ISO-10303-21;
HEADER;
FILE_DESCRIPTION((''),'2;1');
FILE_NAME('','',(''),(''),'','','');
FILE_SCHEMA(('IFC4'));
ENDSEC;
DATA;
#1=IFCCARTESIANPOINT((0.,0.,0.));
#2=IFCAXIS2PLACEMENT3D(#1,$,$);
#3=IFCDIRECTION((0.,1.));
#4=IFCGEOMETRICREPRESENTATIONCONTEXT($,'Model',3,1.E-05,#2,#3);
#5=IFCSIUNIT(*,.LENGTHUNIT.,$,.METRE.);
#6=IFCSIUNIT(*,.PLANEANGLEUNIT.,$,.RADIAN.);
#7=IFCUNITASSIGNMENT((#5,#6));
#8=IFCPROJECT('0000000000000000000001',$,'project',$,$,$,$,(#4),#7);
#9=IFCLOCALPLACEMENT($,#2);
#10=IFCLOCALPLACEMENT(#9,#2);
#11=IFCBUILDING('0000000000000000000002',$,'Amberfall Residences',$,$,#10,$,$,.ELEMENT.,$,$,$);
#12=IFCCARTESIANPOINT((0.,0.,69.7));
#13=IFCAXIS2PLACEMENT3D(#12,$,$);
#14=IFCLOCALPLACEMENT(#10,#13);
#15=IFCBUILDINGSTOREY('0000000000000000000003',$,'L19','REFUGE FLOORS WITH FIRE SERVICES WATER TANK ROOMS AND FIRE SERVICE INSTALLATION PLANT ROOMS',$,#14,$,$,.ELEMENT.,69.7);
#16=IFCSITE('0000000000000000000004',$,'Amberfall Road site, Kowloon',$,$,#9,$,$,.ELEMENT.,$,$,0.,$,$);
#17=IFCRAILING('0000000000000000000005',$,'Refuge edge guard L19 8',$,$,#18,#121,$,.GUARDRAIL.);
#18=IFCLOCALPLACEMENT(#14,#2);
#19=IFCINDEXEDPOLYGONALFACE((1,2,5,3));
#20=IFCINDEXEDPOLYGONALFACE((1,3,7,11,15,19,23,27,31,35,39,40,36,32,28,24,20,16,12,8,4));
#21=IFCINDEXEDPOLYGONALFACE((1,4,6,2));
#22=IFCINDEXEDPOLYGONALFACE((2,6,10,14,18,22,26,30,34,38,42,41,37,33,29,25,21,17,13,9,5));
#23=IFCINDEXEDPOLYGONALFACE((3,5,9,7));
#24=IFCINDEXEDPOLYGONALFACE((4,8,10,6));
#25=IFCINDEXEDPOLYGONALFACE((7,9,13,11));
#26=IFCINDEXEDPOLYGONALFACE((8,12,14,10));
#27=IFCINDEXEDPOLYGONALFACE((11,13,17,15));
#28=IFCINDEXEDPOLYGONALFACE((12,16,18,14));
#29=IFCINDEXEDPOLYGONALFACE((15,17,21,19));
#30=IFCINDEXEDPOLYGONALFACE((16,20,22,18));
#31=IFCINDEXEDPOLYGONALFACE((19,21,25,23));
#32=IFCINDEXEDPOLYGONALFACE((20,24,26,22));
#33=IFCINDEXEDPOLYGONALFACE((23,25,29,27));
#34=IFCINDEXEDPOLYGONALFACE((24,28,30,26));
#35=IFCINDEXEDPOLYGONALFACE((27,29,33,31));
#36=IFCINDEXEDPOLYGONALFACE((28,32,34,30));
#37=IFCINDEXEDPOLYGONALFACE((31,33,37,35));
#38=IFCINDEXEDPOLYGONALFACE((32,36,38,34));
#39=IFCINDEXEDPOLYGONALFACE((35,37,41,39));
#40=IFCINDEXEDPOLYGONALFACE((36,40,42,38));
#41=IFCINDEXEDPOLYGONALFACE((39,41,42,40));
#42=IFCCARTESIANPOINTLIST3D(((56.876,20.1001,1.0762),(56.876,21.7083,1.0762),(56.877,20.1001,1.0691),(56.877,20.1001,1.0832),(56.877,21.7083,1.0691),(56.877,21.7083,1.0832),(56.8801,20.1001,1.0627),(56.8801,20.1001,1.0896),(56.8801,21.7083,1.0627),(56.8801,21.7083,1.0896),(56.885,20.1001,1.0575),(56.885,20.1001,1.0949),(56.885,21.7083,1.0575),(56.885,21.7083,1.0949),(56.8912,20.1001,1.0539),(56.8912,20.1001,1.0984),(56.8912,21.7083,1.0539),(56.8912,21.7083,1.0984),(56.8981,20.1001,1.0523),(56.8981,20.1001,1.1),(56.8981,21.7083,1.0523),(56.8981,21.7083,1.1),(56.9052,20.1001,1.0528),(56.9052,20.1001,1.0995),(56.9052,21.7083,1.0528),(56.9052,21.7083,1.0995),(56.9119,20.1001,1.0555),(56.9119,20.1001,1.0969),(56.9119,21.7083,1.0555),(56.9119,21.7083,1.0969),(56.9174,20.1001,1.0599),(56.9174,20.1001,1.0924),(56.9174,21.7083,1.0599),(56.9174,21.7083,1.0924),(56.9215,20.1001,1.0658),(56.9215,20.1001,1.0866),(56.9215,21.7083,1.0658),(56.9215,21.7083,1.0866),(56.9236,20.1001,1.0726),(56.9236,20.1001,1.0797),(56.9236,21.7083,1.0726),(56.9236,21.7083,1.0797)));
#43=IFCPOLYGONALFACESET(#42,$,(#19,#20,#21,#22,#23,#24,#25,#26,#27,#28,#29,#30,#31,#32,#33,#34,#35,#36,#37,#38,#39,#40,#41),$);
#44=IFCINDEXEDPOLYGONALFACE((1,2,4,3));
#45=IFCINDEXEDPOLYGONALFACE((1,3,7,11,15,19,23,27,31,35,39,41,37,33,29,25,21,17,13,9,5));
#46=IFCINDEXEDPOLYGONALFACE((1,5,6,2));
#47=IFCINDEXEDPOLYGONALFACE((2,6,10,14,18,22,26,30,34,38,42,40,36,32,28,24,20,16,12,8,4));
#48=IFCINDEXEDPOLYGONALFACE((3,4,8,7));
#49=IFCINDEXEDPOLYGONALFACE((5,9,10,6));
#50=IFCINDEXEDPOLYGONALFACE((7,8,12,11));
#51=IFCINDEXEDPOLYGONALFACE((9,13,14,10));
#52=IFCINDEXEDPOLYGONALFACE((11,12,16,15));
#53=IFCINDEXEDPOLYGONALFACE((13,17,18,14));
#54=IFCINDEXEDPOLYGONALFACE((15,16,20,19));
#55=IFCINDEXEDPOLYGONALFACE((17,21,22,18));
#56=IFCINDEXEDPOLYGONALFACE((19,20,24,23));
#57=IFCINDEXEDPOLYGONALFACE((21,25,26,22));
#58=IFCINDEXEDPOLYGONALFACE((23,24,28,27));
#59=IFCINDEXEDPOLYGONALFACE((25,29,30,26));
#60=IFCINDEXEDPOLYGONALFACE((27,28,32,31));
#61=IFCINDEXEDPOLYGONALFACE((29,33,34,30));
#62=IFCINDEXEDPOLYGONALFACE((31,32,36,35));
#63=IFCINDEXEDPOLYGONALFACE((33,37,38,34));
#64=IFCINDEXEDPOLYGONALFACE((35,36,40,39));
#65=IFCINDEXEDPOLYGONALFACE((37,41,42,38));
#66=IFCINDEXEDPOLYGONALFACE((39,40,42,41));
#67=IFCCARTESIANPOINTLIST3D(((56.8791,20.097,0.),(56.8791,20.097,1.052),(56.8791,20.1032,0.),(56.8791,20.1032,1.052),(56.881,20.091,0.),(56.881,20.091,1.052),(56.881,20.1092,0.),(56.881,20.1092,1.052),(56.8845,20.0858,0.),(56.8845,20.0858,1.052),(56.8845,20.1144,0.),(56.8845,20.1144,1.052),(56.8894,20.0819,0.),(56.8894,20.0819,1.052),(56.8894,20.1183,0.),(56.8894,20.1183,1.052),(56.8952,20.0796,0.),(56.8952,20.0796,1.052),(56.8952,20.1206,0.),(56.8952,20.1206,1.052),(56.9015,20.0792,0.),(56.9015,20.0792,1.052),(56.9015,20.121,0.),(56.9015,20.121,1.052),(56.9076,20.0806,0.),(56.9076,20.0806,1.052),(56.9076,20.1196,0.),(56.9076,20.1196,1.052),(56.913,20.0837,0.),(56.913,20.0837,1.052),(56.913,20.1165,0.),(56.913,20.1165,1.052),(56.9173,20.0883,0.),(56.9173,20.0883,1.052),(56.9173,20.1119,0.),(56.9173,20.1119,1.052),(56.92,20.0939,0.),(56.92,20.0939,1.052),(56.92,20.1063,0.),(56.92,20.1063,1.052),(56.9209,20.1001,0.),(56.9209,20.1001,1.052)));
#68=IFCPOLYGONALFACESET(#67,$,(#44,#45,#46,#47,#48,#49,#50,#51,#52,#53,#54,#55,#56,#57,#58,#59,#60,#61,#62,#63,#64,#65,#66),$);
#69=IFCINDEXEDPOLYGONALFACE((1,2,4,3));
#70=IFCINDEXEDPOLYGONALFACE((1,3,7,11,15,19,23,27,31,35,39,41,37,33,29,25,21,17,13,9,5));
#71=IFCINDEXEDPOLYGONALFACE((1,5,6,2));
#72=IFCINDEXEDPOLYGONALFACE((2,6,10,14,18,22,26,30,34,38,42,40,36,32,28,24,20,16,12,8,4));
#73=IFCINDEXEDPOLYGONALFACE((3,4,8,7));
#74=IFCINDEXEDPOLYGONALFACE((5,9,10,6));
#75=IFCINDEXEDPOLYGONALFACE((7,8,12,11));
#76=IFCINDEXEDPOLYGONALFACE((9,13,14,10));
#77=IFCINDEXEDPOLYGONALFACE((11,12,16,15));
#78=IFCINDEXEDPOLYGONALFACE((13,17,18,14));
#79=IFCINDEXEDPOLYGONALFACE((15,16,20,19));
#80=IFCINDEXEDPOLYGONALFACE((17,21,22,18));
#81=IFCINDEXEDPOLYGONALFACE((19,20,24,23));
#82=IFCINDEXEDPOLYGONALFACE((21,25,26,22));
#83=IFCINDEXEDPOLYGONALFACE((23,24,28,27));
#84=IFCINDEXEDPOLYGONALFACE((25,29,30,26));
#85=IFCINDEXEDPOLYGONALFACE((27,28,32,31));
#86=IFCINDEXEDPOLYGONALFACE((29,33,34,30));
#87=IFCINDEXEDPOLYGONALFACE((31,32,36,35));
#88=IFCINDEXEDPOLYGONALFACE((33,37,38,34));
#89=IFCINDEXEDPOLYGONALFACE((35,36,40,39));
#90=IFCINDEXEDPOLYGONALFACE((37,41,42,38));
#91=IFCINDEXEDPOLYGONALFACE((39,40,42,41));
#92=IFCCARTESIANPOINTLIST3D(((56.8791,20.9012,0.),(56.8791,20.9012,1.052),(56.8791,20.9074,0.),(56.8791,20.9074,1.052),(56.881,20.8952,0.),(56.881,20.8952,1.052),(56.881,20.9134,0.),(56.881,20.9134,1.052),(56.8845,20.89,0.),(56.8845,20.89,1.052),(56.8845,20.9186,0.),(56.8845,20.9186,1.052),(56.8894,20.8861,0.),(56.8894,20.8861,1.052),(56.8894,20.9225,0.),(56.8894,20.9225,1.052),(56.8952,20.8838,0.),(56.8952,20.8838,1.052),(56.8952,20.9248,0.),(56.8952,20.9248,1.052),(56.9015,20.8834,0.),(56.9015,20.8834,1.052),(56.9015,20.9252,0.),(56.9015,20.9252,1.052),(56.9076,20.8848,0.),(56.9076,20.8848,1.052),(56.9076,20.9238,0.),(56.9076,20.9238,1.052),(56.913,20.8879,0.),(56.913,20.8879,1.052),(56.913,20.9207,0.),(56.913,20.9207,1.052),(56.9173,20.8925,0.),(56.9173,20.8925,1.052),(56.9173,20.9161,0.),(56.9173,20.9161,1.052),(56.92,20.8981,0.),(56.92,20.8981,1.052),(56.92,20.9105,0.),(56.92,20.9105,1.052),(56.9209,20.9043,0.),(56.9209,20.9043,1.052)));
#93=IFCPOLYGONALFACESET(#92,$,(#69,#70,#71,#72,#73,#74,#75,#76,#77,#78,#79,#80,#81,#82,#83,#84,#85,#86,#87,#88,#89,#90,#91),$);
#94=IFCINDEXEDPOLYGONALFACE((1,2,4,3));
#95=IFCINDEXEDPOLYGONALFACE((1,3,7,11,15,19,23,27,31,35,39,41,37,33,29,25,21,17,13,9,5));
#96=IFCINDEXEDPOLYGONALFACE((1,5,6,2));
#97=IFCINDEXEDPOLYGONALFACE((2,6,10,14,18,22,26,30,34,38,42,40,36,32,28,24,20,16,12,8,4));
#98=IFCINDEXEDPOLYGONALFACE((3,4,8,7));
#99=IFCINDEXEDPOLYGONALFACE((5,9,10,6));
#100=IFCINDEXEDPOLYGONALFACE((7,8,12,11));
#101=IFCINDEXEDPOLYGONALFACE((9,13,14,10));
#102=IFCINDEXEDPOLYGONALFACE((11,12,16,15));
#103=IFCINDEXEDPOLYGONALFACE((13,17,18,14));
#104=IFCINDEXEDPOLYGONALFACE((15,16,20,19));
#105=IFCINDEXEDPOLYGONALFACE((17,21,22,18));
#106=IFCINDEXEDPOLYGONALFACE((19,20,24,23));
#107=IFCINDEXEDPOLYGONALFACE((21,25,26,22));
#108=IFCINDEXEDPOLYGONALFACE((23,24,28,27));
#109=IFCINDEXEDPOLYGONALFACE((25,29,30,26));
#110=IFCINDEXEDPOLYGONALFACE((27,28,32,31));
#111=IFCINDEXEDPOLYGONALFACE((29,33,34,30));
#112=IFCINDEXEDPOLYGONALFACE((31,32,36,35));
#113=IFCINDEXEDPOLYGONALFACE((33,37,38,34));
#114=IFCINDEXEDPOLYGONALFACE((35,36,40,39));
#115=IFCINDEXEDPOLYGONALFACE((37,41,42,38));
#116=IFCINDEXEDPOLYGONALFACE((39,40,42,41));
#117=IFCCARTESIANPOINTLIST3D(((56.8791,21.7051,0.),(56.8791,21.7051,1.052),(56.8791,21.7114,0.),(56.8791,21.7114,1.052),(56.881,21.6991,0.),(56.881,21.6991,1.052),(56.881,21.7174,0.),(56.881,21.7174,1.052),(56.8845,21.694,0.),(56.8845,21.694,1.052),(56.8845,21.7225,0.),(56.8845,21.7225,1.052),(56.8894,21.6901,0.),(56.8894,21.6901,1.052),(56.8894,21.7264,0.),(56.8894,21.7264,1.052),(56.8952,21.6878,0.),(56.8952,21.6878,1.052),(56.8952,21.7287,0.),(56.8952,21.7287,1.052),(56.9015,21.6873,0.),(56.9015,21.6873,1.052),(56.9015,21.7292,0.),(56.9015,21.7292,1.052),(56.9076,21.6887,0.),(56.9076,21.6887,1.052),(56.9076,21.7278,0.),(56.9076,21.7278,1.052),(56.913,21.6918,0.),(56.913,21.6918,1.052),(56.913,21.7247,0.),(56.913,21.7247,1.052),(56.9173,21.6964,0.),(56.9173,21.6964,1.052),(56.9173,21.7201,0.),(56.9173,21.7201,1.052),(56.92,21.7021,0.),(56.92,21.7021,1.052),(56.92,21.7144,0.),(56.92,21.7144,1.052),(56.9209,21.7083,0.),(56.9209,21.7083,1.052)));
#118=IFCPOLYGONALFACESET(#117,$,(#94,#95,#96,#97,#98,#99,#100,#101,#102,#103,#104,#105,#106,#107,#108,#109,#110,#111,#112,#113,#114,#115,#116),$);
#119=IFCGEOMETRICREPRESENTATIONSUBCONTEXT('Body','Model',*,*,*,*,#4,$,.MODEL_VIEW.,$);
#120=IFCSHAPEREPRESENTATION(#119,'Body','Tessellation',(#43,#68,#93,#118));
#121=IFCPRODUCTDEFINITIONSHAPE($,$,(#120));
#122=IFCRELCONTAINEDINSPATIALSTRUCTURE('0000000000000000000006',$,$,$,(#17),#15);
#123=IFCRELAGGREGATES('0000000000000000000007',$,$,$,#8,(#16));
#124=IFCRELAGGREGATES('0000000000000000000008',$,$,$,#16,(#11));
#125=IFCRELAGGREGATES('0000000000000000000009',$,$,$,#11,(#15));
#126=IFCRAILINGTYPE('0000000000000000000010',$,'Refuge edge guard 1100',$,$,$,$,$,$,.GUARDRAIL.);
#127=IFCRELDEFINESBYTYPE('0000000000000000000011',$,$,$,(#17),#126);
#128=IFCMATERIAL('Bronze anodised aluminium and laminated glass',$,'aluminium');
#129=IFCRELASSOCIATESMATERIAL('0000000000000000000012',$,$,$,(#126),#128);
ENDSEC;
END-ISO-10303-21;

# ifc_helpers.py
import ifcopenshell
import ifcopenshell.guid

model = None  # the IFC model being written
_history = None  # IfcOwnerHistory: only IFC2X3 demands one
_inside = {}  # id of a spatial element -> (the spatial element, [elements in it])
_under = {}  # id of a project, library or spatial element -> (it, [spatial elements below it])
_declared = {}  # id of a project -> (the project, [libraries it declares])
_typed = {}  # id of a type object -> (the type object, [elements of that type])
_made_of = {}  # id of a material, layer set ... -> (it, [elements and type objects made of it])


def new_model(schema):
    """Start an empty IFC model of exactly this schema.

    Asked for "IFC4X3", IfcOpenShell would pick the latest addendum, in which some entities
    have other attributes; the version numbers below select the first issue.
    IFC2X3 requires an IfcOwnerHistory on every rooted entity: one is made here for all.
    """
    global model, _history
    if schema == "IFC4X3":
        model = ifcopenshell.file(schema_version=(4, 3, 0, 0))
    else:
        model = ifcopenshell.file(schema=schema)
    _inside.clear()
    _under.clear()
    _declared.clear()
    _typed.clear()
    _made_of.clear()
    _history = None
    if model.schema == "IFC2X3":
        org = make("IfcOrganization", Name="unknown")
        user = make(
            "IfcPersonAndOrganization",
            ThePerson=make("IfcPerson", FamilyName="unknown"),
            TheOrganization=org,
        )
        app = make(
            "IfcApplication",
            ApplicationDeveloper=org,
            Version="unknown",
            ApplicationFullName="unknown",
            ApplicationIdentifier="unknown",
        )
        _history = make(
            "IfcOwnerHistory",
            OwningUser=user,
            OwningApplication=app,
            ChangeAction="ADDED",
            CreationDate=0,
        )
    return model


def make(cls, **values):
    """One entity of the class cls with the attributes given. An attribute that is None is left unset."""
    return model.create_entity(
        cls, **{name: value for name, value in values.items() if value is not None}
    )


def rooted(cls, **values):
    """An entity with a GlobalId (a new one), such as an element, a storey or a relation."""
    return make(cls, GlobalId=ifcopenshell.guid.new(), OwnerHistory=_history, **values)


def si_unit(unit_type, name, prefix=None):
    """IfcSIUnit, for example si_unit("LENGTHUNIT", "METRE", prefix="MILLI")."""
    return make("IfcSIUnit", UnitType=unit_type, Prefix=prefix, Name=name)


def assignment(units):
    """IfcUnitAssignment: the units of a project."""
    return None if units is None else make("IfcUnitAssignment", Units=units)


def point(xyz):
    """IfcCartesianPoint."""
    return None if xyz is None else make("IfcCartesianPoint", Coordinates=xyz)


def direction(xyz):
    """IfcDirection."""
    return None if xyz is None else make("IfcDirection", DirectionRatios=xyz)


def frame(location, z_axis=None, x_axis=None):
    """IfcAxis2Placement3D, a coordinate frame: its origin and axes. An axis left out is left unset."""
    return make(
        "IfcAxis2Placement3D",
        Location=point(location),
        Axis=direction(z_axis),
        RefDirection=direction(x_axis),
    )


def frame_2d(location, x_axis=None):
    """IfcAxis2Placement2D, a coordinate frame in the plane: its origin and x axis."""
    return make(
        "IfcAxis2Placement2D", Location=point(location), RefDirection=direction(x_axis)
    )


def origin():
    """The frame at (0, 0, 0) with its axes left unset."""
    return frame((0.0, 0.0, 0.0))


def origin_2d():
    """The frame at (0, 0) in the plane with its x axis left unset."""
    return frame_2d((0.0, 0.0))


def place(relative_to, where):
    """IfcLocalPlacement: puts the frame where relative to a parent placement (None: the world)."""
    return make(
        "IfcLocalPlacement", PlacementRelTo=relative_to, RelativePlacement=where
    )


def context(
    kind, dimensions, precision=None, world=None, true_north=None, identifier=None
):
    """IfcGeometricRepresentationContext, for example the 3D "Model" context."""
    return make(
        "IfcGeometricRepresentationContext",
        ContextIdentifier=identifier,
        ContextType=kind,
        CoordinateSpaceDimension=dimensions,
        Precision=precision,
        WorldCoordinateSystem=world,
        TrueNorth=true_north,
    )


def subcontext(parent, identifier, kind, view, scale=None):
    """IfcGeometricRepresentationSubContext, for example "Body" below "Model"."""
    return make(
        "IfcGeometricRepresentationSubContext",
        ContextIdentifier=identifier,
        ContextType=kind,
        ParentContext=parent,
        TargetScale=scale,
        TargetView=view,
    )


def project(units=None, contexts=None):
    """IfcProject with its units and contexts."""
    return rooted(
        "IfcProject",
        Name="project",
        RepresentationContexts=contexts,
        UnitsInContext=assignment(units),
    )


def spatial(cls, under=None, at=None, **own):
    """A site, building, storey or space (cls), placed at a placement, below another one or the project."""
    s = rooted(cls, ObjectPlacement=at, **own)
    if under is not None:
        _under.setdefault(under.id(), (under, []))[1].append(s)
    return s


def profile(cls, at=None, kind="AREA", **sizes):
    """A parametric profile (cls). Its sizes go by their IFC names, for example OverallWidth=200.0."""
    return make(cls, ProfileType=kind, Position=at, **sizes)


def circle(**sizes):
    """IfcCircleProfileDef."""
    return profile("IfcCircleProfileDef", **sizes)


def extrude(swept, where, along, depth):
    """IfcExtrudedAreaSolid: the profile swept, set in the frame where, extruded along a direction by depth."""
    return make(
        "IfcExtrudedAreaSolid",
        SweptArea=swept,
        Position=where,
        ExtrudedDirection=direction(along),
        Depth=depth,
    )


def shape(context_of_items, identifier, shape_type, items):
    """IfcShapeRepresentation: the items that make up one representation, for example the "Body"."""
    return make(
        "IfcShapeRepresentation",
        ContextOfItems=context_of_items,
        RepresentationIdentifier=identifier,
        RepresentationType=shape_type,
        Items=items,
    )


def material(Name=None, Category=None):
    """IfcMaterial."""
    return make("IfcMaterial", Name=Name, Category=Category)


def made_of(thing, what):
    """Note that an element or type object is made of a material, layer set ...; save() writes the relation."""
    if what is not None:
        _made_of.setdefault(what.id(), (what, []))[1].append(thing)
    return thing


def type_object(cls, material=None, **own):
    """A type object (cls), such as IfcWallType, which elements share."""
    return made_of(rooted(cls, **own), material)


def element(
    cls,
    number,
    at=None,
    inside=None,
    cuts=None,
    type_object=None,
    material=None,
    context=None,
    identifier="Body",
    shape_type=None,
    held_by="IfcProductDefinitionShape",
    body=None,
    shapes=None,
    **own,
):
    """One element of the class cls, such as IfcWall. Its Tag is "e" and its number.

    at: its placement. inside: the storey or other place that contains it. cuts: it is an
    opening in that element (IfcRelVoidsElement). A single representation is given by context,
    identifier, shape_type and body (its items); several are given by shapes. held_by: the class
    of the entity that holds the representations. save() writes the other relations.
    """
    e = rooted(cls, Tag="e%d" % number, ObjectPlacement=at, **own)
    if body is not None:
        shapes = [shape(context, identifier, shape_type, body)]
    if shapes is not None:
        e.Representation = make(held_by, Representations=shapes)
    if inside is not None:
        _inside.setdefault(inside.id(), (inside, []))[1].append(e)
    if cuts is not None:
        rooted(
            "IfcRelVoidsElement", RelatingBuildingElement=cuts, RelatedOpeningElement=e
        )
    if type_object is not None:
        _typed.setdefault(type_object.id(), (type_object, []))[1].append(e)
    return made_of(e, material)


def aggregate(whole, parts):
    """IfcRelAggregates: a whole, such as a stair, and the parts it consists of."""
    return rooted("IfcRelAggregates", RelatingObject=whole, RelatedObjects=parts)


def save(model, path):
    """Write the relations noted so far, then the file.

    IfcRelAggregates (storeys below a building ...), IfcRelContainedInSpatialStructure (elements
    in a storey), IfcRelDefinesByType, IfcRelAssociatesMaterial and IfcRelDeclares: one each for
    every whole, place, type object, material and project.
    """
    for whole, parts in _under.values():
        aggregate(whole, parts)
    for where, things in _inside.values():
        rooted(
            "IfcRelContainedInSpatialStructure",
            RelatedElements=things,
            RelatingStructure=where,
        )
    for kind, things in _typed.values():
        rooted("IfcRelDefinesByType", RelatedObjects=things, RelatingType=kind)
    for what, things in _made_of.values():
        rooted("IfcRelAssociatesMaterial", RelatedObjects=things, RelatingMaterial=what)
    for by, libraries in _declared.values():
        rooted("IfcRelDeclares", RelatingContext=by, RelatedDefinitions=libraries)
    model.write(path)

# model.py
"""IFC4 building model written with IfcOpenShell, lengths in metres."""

from ifc_helpers import new_model, si_unit, direction, frame, origin, origin_2d, place, context, subcontext, project, spatial, circle, extrude, material, type_object, element, save


model = new_model("IFC4")

# Units and contexts
model_context = context("Model", 3, precision=1e-05, world=origin(), true_north=direction((0.0, 1.0)))
body_context = subcontext(model_context, "Body", "Model", "MODEL_VIEW")
ifc_project = project(units=[si_unit("LENGTHUNIT", "METRE"), si_unit("PLANEANGLEUNIT", "RADIAN")], contexts=[model_context])

# Site, building, storey
site_placement = place(None, origin())
site = spatial("IfcSite", under=ifc_project, at=site_placement, Name="Amberfall Road site, Kowloon", CompositionType="ELEMENT", RefElevation=0.0)
building_placement = place(site_placement, origin())
building = spatial("IfcBuilding", under=site, at=building_placement, Name="Amberfall Residences", CompositionType="ELEMENT")
storey_placement = place(building_placement, frame((0.0, 0.0, 69.7)))
storey = spatial("IfcBuildingStorey", under=building, at=storey_placement, Name="L19", Description="REFUGE FLOORS WITH FIRE SERVICES WATER TANK ROOMS AND FIRE SERVICE INSTALLATION PLANT ROOMS", CompositionType="ELEMENT", Elevation=69.7)

# Railing
ifc_material_1 = material(Name="Bronze anodised aluminium and laminated glass", Category="aluminium")
railing_type = type_object("IfcRailingType", Name="Refuge edge guard 1100", PredefinedType="GUARDRAIL", material=ifc_material_1)
railing_1_placement = place(storey_placement, frame((56.8999, 20.1001, 0.0)))
element("IfcRailing", 1, at=railing_1_placement, inside=storey, type_object=railing_type, Name="Refuge edge guard L19 8", PredefinedType="GUARDRAIL", context=body_context, shape_type="SweptSolid", body=[
    extrude(circle(Radius=0.0239, at=origin_2d()), frame((0.0, 0.0, 1.0762), z_axis=(0.0, 1.0, 0.0), x_axis=(-1.0, 0.0, 0.0)), (0.0, 0.0, 1.0), 1.6082),
    extrude(circle(Radius=0.021, at=origin_2d()), origin(), (0.0, 0.0, 1.0), 1.052),
    extrude(circle(Radius=0.021, at=origin_2d()), frame((0.0, 0.8042, 0.0)), (0.0, 0.0, 1.0), 1.052),
    extrude(circle(Radius=0.021, at=origin_2d()), frame((0.0, 1.6082, 0.0)), (0.0, 0.0, 1.0), 1.052),
])

save(model, "model.ifc")
